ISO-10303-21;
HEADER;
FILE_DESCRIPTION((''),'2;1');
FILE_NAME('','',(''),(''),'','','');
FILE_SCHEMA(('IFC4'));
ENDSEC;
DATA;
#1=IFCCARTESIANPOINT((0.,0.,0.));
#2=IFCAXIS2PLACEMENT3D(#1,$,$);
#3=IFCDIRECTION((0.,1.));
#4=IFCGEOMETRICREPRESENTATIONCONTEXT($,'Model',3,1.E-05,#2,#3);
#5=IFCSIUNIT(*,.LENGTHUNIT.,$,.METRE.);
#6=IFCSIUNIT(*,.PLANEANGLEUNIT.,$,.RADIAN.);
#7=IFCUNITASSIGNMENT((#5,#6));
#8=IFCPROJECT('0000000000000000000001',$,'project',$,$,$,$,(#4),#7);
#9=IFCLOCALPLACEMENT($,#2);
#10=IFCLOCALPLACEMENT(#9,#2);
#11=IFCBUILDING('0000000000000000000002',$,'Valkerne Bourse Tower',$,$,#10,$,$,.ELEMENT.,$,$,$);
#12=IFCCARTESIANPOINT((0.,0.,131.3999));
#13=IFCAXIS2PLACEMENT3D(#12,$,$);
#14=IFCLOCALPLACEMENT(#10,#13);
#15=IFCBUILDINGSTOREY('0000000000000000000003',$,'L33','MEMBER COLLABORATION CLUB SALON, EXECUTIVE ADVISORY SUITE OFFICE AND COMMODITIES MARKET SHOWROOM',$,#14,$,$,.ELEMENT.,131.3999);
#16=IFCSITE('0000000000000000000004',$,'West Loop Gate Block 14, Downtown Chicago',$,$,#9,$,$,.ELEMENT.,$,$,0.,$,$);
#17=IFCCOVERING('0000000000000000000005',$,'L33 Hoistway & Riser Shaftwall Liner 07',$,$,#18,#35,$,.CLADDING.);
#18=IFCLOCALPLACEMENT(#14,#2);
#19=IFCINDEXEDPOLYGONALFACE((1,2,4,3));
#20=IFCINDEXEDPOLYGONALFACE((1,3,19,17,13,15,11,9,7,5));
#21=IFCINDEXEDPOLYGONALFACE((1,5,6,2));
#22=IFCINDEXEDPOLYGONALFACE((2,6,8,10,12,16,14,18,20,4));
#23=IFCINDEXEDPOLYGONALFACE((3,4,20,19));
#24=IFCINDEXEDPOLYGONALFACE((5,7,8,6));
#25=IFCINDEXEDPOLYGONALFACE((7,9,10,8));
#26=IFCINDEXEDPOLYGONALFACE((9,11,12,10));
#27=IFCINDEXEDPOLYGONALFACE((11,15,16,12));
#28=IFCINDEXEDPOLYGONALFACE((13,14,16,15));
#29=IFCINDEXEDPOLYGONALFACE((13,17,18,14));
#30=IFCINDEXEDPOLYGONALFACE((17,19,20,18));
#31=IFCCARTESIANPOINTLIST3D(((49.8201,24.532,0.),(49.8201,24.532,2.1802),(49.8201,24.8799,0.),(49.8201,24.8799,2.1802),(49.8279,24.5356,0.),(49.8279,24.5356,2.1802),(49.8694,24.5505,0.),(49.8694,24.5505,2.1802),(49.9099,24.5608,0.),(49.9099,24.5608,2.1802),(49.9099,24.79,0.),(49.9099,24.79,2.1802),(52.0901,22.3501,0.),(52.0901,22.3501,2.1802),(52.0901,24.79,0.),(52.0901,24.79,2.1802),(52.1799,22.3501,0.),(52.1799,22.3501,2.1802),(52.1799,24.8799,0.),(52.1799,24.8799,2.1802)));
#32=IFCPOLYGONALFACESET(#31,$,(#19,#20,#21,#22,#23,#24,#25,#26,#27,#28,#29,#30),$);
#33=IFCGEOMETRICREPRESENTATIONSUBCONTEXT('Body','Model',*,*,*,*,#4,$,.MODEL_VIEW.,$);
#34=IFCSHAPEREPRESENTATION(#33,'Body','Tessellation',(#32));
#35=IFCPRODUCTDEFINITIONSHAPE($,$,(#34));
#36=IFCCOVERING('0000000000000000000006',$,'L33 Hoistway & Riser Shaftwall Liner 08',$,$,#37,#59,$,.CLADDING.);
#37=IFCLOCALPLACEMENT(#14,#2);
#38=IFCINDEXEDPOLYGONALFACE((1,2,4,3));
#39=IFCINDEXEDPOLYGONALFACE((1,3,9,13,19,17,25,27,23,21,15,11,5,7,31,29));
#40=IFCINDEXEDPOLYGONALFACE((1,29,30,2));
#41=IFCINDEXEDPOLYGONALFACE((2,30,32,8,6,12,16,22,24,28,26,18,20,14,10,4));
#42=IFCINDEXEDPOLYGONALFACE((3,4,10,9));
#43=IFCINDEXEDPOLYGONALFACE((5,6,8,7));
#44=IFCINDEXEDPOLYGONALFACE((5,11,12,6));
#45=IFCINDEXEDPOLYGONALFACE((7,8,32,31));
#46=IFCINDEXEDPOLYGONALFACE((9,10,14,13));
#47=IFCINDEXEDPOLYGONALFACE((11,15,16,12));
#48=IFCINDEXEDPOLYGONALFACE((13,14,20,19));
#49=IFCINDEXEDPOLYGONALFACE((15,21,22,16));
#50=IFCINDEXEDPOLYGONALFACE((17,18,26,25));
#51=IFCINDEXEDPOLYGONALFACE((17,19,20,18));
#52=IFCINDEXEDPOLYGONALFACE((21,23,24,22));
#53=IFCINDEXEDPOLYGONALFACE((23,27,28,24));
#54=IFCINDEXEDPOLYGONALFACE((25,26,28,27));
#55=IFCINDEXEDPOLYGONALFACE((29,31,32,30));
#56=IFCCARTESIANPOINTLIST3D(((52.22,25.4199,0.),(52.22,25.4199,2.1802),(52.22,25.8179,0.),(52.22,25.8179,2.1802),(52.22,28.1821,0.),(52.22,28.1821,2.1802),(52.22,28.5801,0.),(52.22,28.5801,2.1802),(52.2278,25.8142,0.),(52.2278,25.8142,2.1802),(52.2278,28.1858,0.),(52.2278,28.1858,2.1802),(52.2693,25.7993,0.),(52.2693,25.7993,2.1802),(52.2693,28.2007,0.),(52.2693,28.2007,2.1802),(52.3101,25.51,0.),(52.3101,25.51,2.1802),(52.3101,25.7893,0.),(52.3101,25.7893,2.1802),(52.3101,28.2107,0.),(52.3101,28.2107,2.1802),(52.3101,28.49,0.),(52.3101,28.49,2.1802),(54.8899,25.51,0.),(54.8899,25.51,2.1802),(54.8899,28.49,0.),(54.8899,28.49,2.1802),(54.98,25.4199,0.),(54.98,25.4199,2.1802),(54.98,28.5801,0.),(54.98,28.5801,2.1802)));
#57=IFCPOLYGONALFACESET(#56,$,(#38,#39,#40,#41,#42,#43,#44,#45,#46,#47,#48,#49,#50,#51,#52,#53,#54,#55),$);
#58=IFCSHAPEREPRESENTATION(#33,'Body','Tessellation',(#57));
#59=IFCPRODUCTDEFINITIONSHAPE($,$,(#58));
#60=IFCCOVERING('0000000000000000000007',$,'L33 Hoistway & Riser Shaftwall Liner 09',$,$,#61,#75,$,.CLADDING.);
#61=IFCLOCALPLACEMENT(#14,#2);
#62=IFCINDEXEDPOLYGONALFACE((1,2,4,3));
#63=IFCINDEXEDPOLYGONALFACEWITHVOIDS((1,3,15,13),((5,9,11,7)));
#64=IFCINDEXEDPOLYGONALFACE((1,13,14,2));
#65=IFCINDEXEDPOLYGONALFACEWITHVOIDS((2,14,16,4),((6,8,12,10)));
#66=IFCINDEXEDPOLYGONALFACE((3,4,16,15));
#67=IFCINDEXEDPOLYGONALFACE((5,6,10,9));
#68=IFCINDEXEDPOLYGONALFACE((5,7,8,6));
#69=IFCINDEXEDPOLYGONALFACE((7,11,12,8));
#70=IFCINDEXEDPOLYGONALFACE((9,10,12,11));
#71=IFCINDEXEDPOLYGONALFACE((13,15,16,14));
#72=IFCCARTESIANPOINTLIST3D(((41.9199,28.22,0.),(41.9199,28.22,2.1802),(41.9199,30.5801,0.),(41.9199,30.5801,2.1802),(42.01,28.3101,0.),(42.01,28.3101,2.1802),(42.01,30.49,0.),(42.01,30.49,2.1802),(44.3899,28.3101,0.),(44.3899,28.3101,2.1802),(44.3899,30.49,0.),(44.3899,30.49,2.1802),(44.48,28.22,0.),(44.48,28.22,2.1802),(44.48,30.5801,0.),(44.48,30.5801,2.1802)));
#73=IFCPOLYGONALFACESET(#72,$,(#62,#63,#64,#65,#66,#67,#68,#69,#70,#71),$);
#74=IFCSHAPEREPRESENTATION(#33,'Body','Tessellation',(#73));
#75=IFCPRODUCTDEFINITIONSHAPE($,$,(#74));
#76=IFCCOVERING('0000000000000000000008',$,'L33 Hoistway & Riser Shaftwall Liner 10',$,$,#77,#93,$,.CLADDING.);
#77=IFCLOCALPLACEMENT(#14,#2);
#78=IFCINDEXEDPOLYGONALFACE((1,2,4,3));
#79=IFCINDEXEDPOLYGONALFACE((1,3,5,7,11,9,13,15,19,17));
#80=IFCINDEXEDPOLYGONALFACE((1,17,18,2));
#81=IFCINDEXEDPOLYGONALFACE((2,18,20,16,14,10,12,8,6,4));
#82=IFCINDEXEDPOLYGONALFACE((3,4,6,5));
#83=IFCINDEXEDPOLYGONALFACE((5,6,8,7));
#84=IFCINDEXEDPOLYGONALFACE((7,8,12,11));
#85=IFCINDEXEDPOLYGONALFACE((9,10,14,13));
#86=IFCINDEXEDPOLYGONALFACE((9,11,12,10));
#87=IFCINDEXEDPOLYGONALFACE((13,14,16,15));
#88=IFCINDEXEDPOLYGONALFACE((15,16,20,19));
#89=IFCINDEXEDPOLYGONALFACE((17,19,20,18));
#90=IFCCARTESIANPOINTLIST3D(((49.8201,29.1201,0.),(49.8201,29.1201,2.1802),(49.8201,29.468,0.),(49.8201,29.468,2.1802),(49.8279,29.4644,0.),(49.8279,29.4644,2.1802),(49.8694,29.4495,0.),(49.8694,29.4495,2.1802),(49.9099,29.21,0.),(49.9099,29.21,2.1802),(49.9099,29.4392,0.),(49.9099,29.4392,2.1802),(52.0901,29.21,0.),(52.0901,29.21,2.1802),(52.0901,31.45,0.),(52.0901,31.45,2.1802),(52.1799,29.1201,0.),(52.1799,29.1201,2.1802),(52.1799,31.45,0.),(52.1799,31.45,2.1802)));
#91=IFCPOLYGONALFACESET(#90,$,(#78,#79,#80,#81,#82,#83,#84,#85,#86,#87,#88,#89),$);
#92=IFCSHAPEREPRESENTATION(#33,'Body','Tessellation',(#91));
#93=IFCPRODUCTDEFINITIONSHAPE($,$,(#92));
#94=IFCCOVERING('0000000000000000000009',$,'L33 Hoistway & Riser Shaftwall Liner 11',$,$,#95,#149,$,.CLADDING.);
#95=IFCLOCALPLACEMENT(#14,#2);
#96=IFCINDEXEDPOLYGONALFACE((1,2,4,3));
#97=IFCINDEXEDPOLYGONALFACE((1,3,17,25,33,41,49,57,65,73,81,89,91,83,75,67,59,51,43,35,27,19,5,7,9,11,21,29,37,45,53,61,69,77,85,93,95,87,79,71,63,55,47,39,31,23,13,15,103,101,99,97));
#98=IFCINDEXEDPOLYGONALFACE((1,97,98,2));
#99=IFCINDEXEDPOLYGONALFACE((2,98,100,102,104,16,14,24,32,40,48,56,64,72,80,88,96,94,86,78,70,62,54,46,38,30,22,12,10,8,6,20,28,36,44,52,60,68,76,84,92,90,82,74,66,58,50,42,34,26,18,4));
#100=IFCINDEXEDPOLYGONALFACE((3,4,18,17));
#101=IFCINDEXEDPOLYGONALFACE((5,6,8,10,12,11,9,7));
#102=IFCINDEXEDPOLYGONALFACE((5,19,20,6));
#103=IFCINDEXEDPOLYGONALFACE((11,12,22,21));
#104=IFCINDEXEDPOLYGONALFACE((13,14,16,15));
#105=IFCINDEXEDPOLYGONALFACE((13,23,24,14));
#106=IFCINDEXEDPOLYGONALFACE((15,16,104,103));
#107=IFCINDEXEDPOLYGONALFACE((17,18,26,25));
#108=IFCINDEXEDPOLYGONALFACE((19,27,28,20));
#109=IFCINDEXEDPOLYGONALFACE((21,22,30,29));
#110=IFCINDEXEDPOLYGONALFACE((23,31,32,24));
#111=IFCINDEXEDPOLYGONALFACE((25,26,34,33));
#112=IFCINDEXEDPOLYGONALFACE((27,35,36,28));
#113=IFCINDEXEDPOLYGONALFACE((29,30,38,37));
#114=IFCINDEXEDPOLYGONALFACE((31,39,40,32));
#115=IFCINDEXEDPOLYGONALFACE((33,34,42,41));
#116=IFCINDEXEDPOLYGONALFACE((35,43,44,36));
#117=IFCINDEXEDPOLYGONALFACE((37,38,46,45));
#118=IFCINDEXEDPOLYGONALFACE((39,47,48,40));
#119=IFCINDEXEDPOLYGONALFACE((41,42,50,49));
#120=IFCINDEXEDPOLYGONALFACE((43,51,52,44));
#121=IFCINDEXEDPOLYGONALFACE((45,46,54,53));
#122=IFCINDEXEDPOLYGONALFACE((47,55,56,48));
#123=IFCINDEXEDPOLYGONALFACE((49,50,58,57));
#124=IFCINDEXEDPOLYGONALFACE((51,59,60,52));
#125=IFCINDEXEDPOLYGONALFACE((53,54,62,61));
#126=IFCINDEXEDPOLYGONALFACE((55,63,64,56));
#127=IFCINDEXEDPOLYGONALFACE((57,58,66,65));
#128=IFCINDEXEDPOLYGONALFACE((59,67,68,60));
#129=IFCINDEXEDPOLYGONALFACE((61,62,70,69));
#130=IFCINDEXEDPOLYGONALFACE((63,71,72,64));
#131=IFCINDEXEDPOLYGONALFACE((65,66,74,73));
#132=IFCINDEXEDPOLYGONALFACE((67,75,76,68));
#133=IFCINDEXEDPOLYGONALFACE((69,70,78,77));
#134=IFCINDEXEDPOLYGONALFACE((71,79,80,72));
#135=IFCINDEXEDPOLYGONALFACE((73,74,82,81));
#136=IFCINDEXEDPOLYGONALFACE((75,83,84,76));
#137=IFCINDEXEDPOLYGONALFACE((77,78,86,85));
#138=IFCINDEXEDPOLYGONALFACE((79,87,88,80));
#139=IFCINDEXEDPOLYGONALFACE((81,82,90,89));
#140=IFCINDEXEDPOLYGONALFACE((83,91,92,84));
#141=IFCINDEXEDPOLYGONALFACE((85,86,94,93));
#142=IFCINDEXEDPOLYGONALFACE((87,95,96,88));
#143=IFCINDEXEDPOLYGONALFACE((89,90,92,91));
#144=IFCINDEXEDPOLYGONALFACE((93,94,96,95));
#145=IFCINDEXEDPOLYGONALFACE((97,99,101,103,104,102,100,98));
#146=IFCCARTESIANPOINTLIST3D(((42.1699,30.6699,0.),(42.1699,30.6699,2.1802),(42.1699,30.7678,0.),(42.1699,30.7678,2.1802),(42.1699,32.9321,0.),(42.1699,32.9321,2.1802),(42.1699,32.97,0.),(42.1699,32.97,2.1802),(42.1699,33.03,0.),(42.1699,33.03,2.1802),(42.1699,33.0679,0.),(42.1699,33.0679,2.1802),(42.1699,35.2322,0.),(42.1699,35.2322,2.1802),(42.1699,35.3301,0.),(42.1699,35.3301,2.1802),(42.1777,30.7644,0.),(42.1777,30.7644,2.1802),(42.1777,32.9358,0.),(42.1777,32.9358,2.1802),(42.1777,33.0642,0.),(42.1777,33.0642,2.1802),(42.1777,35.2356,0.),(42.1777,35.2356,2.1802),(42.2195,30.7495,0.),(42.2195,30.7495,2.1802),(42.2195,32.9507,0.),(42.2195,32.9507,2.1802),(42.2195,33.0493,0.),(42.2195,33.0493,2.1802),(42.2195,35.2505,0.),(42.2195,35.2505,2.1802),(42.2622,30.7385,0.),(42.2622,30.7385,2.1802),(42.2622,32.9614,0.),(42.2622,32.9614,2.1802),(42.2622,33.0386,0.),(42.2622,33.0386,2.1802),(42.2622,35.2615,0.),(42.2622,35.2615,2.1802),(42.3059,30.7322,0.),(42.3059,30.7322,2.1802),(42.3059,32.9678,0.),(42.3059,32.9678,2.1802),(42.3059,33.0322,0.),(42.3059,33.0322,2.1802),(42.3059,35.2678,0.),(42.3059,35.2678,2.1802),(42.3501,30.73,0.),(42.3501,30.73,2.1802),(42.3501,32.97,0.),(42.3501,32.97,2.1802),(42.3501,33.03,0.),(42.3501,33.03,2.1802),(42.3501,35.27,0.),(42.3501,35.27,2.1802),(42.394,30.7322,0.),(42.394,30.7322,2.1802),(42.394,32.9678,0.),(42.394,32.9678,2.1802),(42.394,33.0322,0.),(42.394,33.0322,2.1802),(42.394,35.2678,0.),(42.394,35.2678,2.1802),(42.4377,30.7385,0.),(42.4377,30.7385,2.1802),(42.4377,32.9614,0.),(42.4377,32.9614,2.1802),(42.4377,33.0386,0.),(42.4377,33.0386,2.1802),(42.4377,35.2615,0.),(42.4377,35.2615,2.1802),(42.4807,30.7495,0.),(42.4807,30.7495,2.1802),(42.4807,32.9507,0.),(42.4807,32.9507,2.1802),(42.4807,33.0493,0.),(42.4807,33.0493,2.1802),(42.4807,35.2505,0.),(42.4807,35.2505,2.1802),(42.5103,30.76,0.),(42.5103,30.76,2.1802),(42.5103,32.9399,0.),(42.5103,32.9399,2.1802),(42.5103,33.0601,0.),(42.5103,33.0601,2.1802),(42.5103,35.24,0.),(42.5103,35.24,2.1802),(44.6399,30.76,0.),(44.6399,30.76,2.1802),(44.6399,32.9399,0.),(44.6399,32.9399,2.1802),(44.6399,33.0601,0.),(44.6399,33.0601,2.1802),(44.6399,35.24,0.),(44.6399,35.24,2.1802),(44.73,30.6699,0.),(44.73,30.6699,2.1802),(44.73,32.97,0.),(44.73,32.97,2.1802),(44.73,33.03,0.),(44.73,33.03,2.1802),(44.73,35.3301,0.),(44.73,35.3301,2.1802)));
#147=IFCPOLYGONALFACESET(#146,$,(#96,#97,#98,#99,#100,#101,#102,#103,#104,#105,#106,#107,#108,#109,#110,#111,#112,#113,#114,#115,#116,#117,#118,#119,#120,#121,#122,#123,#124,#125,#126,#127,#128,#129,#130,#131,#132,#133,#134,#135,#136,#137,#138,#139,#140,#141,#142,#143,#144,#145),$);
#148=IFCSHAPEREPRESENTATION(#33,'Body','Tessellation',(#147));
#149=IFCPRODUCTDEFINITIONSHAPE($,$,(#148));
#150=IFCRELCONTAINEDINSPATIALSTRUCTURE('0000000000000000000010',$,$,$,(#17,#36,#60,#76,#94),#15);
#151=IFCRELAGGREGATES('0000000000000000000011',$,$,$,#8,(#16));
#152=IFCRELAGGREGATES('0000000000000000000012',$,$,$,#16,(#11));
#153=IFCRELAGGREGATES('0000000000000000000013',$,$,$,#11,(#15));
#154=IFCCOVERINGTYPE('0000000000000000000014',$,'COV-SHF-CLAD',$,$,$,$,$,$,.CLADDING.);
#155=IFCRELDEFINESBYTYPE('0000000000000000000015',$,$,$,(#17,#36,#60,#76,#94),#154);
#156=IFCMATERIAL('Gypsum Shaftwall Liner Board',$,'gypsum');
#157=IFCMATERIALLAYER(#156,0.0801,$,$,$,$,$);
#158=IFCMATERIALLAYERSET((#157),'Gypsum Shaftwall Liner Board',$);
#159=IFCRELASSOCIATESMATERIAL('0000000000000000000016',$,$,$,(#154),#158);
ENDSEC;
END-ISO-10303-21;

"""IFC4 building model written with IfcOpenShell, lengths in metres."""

from ifc_helpers import new_model, si_unit, direction, frame, origin, place, context, subcontext, project, spatial, polyline, outline, extrude, material, layer, layer_set, type_object, element, save


model = new_model("IFC4")

# Units and contexts
model_context = context("Model", 3, precision=1e-05, world=origin(), true_north=direction((0.0, 1.0)))
body_context = subcontext(model_context, "Body", "Model", "MODEL_VIEW")
ifc_project = project(units=[si_unit("LENGTHUNIT", "METRE"), si_unit("PLANEANGLEUNIT", "RADIAN")], contexts=[model_context])

# Site, building, storey
site_placement = place(None, origin())
site = spatial("IfcSite", under=ifc_project, at=site_placement, Name="West Loop Gate Block 14, Downtown Chicago", CompositionType="ELEMENT", RefElevation=0.0)
building_placement = place(site_placement, origin())
building = spatial("IfcBuilding", under=site, at=building_placement, Name="Valkerne Bourse Tower", CompositionType="ELEMENT")
storey_placement = place(building_placement, frame((0.0, 0.0, 131.3999)))
storey = spatial("IfcBuildingStorey", under=building, at=storey_placement, Name="L33", Description="MEMBER COLLABORATION CLUB SALON, EXECUTIVE ADVISORY SUITE OFFICE AND COMMODITIES MARKET SHOWROOM", CompositionType="ELEMENT", Elevation=131.3999)

# Coverings
ifc_material_1 = material(Name="Gypsum Shaftwall Liner Board", Category="gypsum")
ifc_layer_1 = layer(ifc_material_1, 0.0801)
ifc_layer_set_1 = layer_set([ifc_layer_1], Name="Gypsum Shaftwall Liner Board")
covering_type_1 = type_object("IfcCoveringType", Name="COV-SHF-CLAD", PredefinedType="CLADDING", material=ifc_layer_set_1)
covering_1_placement = place(storey_placement, origin())
element("IfcCovering", 1, at=covering_1_placement, inside=storey, type_object=covering_type_1, Name="L33 Hoistway & Riser Shaftwall Liner 07", PredefinedType="CLADDING", context=body_context, shape_type="SweptSolid", body=[
    extrude(outline(polyline([(52.1799, 22.3501), (52.0901, 22.3501), (52.0901, 24.79), (49.9099, 24.79), (49.9099, 24.5608), (49.8694, 24.5505), (49.8279, 24.5356), (49.8201, 24.532), (49.8201, 24.8799), (52.1799, 24.8799), (52.1799, 22.3501)])), origin(), (0.0, 0.0, 1.0), 2.1802),
])
covering_2_placement = place(storey_placement, origin())
element("IfcCovering", 2, at=covering_2_placement, inside=storey, type_object=covering_type_1, Name="L33 Hoistway & Riser Shaftwall Liner 08", PredefinedType="CLADDING", context=body_context, shape_type="SweptSolid", body=[
    extrude(outline(polyline([(54.98, 25.4199), (52.22, 25.4199), (52.22, 25.8179), (52.2278, 25.8142), (52.2693, 25.7993), (52.3101, 25.7893), (52.3101, 25.51), (54.8899, 25.51), (54.8899, 28.49), (52.3101, 28.49), (52.3101, 28.2107), (52.2693, 28.2007), (52.2278, 28.1858), (52.22, 28.1821), (52.22, 28.5801), (54.98, 28.5801), (54.98, 25.4199)])), origin(), (0.0, 0.0, 1.0), 2.1802),
])
covering_3_placement = place(storey_placement, origin())
element("IfcCovering", 3, at=covering_3_placement, inside=storey, type_object=covering_type_1, Name="L33 Hoistway & Riser Shaftwall Liner 09", PredefinedType="CLADDING", context=body_context, shape_type="SweptSolid", body=[
    extrude(outline(polyline([(44.48, 28.22), (41.9199, 28.22), (41.9199, 30.5801), (44.48, 30.5801), (44.48, 28.22)]), holes=[polyline([(42.01, 30.49), (42.01, 28.3101), (44.3899, 28.3101), (44.3899, 30.49), (42.01, 30.49)])]), origin(), (0.0, 0.0, 1.0), 2.1802),
])
covering_4_placement = place(storey_placement, origin())
element("IfcCovering", 4, at=covering_4_placement, inside=storey, type_object=covering_type_1, Name="L33 Hoistway & Riser Shaftwall Liner 10", PredefinedType="CLADDING", context=body_context, shape_type="SweptSolid", body=[
    extrude(outline(polyline([(49.8201, 29.1201), (49.8201, 29.468), (49.8279, 29.4644), (49.8694, 29.4495), (49.9099, 29.4392), (49.9099, 29.21), (52.0901, 29.21), (52.0901, 31.45), (52.1799, 31.45), (52.1799, 29.1201), (49.8201, 29.1201)])), origin(), (0.0, 0.0, 1.0), 2.1802),
])
covering_5_placement = place(storey_placement, origin())
element("IfcCovering", 5, at=covering_5_placement, inside=storey, type_object=covering_type_1, Name="L33 Hoistway & Riser Shaftwall Liner 11", PredefinedType="CLADDING", context=body_context, shape_type="SweptSolid", body=[
    extrude(outline(polyline([(44.73, 35.3301), (44.73, 33.03), (44.73, 32.97), (44.73, 30.6699), (42.1699, 30.6699), (42.1699, 30.7678), (42.1777, 30.7644), (42.2195, 30.7495), (42.2622, 30.7385), (42.3059, 30.7322), (42.3501, 30.73), (42.394, 30.7322), (42.4377, 30.7385), (42.4807, 30.7495), (42.5103, 30.76), (44.6399, 30.76), (44.6399, 32.9399), (42.5103, 32.9399), (42.4807, 32.9507), (42.4377, 32.9614), (42.394, 32.9678), (42.3501, 32.97), (42.3059, 32.9678), (42.2622, 32.9614), (42.2195, 32.9507), (42.1777, 32.9358), (42.1699, 32.9321), (42.1699, 32.97), (42.1699, 33.03), (42.1699, 33.0679), (42.1777, 33.0642), (42.2195, 33.0493), (42.2622, 33.0386), (42.3059, 33.0322), (42.3501, 33.03), (42.394, 33.0322), (42.4377, 33.0386), (42.4807, 33.0493), (42.5103, 33.0601), (44.6399, 33.0601), (44.6399, 35.24), (42.5103, 35.24), (42.4807, 35.2505), (42.4377, 35.2615), (42.394, 35.2678), (42.3501, 35.27), (42.3059, 35.2678), (42.2622, 35.2615), (42.2195, 35.2505), (42.1777, 35.2356), (42.1699, 35.2322), (42.1699, 35.3301), (44.73, 35.3301)])), origin(), (0.0, 0.0, 1.0), 2.1802),
])

save(model, "model.ifc")
